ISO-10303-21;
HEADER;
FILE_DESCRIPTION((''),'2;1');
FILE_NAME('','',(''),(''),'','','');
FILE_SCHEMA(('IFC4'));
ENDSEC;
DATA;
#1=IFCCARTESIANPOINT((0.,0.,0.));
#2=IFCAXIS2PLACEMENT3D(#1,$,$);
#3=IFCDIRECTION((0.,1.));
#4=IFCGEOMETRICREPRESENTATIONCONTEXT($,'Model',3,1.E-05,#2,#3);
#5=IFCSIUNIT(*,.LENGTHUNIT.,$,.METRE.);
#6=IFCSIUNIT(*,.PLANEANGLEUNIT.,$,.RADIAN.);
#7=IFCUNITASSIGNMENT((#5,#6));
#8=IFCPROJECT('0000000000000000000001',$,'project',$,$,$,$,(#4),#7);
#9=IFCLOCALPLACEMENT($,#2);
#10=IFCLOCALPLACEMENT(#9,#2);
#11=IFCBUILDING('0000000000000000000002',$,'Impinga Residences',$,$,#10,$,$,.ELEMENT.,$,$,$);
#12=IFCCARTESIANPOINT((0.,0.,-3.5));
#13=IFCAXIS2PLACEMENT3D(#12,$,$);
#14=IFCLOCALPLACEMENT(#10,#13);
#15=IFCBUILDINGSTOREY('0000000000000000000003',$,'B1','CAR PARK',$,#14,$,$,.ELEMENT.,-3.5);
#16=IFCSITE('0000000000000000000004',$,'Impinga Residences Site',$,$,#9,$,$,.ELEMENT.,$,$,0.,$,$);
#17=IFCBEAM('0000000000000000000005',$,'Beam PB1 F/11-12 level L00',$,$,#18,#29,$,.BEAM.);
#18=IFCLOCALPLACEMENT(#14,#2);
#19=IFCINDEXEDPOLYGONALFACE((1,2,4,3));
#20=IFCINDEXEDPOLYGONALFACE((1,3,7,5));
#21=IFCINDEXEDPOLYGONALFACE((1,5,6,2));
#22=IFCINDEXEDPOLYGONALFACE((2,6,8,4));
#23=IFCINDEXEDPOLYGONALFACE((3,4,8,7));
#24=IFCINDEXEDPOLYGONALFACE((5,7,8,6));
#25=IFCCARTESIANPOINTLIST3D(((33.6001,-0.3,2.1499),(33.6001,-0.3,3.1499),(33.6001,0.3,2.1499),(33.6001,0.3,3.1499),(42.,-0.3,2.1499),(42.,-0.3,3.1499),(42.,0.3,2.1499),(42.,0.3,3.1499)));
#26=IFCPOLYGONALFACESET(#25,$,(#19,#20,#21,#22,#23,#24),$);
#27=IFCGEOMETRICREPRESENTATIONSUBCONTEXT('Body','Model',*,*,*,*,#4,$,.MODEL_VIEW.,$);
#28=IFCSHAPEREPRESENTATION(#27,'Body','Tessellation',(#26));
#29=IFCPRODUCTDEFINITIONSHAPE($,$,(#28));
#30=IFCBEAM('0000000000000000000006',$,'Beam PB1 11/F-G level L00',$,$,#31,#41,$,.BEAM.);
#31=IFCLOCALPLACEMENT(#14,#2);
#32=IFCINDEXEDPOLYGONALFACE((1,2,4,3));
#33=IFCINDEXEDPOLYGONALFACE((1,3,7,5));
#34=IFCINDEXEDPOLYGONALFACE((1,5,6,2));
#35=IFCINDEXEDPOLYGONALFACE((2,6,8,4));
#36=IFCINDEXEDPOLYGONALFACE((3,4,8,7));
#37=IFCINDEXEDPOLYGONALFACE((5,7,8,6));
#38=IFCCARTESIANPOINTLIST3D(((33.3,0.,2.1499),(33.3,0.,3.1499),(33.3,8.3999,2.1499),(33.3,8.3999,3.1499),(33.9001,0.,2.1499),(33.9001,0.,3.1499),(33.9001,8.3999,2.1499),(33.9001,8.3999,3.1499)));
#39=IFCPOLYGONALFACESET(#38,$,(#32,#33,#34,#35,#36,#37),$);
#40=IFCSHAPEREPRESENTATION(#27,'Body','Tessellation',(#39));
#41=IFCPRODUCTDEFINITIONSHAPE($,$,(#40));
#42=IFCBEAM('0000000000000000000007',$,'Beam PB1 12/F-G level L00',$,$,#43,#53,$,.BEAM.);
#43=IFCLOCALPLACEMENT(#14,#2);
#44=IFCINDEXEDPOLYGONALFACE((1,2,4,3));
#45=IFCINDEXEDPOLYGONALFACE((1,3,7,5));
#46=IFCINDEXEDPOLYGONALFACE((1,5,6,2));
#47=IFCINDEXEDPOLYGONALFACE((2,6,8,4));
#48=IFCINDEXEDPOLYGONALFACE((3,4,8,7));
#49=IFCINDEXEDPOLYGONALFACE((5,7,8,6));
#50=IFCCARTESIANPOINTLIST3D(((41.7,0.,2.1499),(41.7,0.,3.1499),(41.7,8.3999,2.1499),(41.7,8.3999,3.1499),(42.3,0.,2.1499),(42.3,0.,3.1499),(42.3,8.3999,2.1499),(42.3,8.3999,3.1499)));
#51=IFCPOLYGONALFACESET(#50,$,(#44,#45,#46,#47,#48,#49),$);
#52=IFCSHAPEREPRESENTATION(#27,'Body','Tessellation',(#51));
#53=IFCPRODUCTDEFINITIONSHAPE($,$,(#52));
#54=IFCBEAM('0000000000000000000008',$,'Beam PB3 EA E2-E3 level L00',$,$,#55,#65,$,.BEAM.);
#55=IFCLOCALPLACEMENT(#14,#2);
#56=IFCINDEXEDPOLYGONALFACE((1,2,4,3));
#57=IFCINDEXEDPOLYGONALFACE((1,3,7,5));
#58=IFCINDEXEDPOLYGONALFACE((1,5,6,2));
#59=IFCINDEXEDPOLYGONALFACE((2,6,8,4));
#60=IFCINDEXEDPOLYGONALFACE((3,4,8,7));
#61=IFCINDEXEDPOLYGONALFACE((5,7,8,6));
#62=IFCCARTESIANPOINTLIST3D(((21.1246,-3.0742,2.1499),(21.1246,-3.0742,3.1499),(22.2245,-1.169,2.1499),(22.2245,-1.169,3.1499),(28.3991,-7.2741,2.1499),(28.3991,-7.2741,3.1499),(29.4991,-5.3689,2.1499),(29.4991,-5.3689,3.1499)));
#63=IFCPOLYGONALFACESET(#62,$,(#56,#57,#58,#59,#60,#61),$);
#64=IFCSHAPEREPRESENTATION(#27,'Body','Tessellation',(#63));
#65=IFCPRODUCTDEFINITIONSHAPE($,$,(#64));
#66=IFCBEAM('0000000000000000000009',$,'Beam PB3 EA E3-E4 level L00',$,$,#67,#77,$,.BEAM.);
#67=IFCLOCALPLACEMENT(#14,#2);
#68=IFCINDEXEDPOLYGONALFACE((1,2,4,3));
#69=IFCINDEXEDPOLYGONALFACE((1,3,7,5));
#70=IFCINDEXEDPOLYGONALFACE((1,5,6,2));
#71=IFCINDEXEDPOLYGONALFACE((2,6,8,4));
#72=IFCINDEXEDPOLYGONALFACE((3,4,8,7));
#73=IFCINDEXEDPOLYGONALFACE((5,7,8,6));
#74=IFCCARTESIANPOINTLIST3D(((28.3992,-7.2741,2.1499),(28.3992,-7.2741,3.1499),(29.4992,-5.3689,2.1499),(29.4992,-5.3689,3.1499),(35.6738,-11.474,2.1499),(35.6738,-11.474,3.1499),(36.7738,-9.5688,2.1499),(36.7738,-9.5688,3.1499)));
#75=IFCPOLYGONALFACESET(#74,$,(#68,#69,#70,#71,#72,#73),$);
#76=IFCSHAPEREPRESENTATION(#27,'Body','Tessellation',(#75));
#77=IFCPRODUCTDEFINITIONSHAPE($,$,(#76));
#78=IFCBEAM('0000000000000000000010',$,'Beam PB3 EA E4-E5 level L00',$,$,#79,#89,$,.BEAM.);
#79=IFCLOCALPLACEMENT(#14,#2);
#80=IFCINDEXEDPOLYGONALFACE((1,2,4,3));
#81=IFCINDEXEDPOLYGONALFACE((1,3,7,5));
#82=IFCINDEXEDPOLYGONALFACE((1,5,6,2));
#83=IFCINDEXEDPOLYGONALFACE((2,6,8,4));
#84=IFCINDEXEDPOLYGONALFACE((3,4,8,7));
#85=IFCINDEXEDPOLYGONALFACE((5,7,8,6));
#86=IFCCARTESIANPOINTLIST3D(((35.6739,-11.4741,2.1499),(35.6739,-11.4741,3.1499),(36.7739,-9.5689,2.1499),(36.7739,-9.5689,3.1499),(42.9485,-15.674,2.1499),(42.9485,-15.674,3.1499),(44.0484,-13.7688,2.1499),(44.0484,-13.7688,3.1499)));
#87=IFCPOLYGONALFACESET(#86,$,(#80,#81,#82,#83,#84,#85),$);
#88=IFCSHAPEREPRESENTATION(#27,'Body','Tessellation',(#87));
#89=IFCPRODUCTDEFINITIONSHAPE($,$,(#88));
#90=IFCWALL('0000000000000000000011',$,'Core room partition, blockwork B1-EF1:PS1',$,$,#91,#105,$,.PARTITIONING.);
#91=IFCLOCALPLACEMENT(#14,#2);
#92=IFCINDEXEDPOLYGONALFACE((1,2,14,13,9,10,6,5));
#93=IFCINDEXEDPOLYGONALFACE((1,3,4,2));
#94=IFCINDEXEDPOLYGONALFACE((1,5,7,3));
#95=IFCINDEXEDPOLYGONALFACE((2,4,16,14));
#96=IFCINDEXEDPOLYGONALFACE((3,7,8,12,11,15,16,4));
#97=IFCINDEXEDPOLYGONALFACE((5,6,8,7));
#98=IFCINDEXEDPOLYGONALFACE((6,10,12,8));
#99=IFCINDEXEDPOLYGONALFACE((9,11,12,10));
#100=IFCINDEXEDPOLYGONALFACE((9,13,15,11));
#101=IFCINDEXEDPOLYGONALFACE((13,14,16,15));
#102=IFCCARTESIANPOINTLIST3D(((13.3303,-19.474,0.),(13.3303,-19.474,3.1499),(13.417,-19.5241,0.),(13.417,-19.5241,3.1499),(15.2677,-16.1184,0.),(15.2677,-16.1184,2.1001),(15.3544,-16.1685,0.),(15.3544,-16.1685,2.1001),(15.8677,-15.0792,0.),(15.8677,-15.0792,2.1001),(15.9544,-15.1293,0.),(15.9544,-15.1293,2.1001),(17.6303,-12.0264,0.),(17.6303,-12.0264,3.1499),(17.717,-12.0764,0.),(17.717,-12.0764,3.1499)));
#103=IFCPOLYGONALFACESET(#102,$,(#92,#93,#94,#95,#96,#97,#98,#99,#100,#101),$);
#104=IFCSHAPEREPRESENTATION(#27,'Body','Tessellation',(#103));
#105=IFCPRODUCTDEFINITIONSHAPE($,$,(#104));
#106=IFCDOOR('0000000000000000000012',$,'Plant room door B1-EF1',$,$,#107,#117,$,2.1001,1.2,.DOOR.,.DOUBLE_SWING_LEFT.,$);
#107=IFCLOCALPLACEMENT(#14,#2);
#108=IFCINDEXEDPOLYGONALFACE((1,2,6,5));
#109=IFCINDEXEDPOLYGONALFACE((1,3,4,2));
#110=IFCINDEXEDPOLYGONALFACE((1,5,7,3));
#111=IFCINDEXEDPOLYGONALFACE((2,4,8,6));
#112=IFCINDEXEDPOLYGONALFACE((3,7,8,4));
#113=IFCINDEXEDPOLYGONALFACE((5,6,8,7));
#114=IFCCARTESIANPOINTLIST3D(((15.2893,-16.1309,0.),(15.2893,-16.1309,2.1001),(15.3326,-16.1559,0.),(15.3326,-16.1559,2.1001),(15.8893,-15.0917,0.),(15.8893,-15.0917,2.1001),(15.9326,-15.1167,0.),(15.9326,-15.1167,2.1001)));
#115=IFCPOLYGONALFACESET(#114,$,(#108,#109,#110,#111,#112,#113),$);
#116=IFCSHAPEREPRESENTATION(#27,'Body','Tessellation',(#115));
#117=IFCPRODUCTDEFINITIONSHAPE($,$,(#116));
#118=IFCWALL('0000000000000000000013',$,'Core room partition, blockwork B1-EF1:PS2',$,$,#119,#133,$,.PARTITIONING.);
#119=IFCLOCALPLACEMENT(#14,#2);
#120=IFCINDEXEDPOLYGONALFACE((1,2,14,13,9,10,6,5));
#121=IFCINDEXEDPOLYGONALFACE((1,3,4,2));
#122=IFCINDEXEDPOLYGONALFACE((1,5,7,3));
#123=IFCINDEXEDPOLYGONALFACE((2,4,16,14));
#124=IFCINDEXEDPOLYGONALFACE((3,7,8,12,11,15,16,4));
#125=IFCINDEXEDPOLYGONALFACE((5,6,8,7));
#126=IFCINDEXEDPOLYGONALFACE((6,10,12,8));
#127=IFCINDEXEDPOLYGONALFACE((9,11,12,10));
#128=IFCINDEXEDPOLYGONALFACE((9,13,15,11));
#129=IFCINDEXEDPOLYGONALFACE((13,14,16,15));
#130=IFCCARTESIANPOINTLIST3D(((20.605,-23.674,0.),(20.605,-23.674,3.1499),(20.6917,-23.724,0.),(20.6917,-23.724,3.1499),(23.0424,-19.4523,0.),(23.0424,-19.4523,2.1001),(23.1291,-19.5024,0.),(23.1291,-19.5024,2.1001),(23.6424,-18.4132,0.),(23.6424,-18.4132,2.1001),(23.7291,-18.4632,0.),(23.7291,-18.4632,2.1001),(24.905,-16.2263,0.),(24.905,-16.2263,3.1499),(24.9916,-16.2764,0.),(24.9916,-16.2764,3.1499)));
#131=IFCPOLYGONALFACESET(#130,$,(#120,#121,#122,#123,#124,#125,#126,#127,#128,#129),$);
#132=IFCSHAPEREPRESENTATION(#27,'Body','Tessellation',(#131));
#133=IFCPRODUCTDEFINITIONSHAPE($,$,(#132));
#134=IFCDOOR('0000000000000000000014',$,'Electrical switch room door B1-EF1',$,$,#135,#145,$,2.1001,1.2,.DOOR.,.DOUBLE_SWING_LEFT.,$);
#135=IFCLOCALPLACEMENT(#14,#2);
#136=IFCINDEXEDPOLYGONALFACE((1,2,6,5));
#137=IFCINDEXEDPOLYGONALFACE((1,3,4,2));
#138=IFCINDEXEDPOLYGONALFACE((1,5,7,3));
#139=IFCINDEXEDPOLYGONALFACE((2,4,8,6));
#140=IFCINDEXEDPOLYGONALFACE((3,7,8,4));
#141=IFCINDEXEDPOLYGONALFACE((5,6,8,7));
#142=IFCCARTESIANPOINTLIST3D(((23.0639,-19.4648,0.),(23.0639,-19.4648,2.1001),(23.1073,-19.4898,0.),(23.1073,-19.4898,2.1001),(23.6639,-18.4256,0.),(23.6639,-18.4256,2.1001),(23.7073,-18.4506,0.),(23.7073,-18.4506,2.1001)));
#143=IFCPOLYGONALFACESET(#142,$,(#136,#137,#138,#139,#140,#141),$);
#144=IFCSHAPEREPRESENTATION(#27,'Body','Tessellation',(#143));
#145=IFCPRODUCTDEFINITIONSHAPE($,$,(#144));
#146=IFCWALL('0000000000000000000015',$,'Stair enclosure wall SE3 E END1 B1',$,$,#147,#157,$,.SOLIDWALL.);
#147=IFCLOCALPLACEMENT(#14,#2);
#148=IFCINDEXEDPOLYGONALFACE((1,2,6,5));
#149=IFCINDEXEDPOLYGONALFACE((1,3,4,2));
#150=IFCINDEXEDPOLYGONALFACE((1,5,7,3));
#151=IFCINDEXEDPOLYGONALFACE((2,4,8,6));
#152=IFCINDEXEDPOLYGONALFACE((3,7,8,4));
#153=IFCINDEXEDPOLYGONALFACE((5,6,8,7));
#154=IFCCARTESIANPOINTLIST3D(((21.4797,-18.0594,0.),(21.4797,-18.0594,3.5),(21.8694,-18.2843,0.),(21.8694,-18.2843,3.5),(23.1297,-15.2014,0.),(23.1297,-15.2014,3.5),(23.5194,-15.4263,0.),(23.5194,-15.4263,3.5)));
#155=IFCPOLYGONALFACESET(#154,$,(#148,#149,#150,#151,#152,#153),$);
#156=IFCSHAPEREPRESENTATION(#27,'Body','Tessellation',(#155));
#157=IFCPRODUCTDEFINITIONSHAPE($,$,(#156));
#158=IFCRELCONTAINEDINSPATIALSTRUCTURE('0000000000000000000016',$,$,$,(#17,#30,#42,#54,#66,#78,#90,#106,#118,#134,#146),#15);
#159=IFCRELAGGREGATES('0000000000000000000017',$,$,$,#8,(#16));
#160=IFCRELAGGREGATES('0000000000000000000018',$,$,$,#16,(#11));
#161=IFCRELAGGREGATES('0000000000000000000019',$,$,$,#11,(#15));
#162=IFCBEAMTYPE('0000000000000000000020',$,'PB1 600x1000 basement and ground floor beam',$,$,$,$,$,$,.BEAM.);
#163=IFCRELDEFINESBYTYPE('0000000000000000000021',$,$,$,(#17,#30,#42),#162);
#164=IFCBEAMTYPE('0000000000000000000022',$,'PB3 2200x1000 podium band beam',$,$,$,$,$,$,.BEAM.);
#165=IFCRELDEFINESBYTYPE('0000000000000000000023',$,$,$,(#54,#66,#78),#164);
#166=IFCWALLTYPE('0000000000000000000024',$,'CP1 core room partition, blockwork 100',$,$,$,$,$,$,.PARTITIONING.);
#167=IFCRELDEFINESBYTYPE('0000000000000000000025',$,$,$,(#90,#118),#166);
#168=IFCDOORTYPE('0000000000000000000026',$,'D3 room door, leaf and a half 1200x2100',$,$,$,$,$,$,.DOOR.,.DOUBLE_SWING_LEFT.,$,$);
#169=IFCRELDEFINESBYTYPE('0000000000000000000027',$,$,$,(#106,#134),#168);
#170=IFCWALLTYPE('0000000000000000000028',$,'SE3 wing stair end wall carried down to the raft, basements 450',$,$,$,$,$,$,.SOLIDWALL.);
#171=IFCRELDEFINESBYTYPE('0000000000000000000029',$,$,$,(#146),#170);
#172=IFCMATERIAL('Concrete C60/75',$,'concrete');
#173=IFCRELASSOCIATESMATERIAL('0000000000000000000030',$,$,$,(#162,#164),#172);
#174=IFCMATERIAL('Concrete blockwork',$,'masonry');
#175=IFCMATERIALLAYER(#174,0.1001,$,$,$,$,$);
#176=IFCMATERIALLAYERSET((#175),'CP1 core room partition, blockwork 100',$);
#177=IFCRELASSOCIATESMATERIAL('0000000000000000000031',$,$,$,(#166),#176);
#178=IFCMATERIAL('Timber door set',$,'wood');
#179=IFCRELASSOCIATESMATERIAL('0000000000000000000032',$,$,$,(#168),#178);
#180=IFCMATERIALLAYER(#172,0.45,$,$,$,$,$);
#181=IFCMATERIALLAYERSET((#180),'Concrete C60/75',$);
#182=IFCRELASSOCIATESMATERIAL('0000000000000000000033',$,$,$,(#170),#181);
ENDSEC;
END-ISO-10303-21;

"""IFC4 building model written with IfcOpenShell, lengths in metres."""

from ifc_helpers import new_model, si_unit, direction, frame, frame_2d, origin, origin_2d, place, context, subcontext, project, spatial, rectangle, extrude, material, layer, layer_set, material_profile, profile_set, type_object, element, fill, save


model = new_model("IFC4")

# Units and contexts
model_context = context("Model", 3, precision=1e-05, world=origin(), true_north=direction((0.0, 1.0)))
body_context = subcontext(model_context, "Body", "Model", "MODEL_VIEW")
ifc_project = project(units=[si_unit("LENGTHUNIT", "METRE"), si_unit("PLANEANGLEUNIT", "RADIAN")], contexts=[model_context])

# Site, building, storey
site_placement = place(None, origin())
site = spatial("IfcSite", under=ifc_project, at=site_placement, Name="Impinga Residences Site", CompositionType="ELEMENT", RefElevation=0.0)
building_placement = place(site_placement, origin())
building = spatial("IfcBuilding", under=site, at=building_placement, Name="Impinga Residences", CompositionType="ELEMENT")
storey_placement = place(building_placement, frame((0.0, 0.0, -3.5)))
storey = spatial("IfcBuildingStorey", under=building, at=storey_placement, Name="B1", Description="CAR PARK", CompositionType="ELEMENT", Elevation=-3.5)

# Beams
ifc_material_1 = material(Name="Concrete C60/75", Category="concrete")
ifc_material_profile_1 = material_profile(ifc_material_1, rectangle(XDim=0.6001, YDim=1.0, at=origin_2d()), Name="RC 600x1000")
ifc_profile_set_1 = profile_set([ifc_material_profile_1], Name="Concrete C60/75")
beam_type_1 = type_object("IfcBeamType", Name="PB1 600x1000 basement and ground floor beam", PredefinedType="BEAM", material=ifc_profile_set_1)
for number, where, z_axis, x_axis, name in (
    (1, (33.6001, 0.0, 2.6499), (1.0, 0.0, 0.0), (0.0, 1.0, 0.0), "Beam PB1 F/11-12 level L00"),
    (2, (33.6001, 0.0, 2.6499), (0.0, 1.0, 0.0), (-1.0, 0.0, 0.0), "Beam PB1 11/F-G level L00"),
    (3, (42.0, 0.0, 2.6499), (0.0, 1.0, 0.0), (-1.0, 0.0, 0.0), "Beam PB1 12/F-G level L00"),
):
    element("IfcBeam", number, at=place(storey_placement, frame(where, z_axis=z_axis, x_axis=x_axis)), inside=storey, type_object=beam_type_1, Name=name, PredefinedType="BEAM", context=body_context, shape_type="SweptSolid", body=[
        extrude(rectangle(XDim=0.6001, YDim=1.0, at=origin_2d()), origin(), (0.0, 0.0, 1.0), 8.3999),
    ])
ifc_material_profile_2 = material_profile(ifc_material_1, rectangle(XDim=2.2, YDim=1.0, at=origin_2d()), Name="RC 2200x1000")
ifc_profile_set_2 = profile_set([ifc_material_profile_2], Name="Concrete C60/75")
beam_type_2 = type_object("IfcBeamType", Name="PB3 2200x1000 podium band beam", PredefinedType="BEAM", material=ifc_profile_set_2)
for number, where, z_axis, x_axis, name in (
    (4, (21.6746, -2.1216, 2.6499), (0.866029, -0.499993, 0.0), (0.499993, 0.866029, 0.0), "Beam PB3 EA E2-E3 level L00"),
    (5, (28.9492, -6.3215, 2.6499), (0.866029, -0.499993, 0.0), (0.499993, 0.866029, 0.0), "Beam PB3 EA E3-E4 level L00"),
    (6, (36.2239, -10.5215, 2.6499), (0.866029, -0.499993, 0.0), (0.499993, 0.866029, 0.0), "Beam PB3 EA E4-E5 level L00"),
):
    element("IfcBeam", number, at=place(storey_placement, frame(where, z_axis=z_axis, x_axis=x_axis)), inside=storey, type_object=beam_type_2, Name=name, PredefinedType="BEAM", context=body_context, shape_type="SweptSolid", body=[
        extrude(rectangle(XDim=2.2, YDim=1.0, at=origin_2d()), origin(), (0.0, 0.0, 1.0), 8.3999),
    ])

# Walls, openings, doors
ifc_material_2 = material(Name="Concrete blockwork", Category="masonry")
ifc_layer_1 = layer(ifc_material_2, 0.1001)
ifc_layer_set_1 = layer_set([ifc_layer_1], Name="CP1 core room partition, blockwork 100")
wall_type_1 = type_object("IfcWallType", Name="CP1 core room partition, blockwork 100", PredefinedType="PARTITIONING", material=ifc_layer_set_1)
wall_1_placement = place(storey_placement, frame((17.6736, -12.0515, 0.0), z_axis=(0.0, 0.0, 1.0), x_axis=(-0.500008, -0.866021, 0.0)))
wall_1 = element("IfcWall", 7, at=wall_1_placement, inside=storey, type_object=wall_type_1, Name="Core room partition, blockwork B1-EF1:PS1", PredefinedType="PARTITIONING", context=body_context, shape_type="SweptSolid", body=[
    extrude(rectangle(XDim=8.5999, YDim=0.1001, at=frame_2d((4.2998, 0.0))), origin(), (0.0, 0.0, 1.0), 3.1499),
])
opening_1_placement = place(wall_1_placement, frame((3.5249, 0.0, 0.0)))
opening_1 = element("IfcOpeningElement", 8, at=opening_1_placement, cuts=wall_1, PredefinedType="OPENING", context=body_context, shape_type="SweptSolid", body=[
    extrude(rectangle(XDim=1.2, YDim=2.1001, at=frame_2d((0.6001, 1.05))), frame((0.0, 0.0601, 0.0), z_axis=(0.0, -1.0, 0.0), x_axis=(1.0, 0.0, 0.0)), (0.0, 0.0, 1.0), 0.1201),
])
ifc_material_3 = material(Name="Timber door set", Category="wood")
door_type = type_object("IfcDoorType", Name="D3 room door, leaf and a half 1200x2100", OperationType="DOUBLE_SWING_LEFT", PredefinedType="DOOR", material=ifc_material_3)
door_1_placement = place(opening_1_placement, origin())
door_1 = element("IfcDoor", 9, at=door_1_placement, inside=storey, type_object=door_type, Name="Plant room door B1-EF1", OperationType="DOUBLE_SWING_LEFT", OverallHeight=2.1001, OverallWidth=1.2, PredefinedType="DOOR", context=body_context, shape_type="SweptSolid", body=[
    extrude(rectangle(XDim=1.2, YDim=2.1001, at=frame_2d((0.6001, 1.05))), frame((0.0, 0.0249, 0.0), z_axis=(0.0, -1.0, 0.0), x_axis=(1.0, 0.0, 0.0)), (0.0, 0.0, 1.0), 0.05),
])
fill(opening_1, door_1)
wall_2_placement = place(storey_placement, frame((24.9482, -16.2515, 0.0), z_axis=(0.0, 0.0, 1.0), x_axis=(-0.500008, -0.866021, 0.0)))
wall_2 = element("IfcWall", 10, at=wall_2_placement, inside=storey, type_object=wall_type_1, Name="Core room partition, blockwork B1-EF1:PS2", PredefinedType="PARTITIONING", context=body_context, shape_type="SweptSolid", body=[
    extrude(rectangle(XDim=8.5999, YDim=0.1001, at=frame_2d((4.2998, 0.0))), origin(), (0.0, 0.0, 1.0), 3.1499),
])
opening_2_placement = place(wall_2_placement, frame((2.5249, 0.0, 0.0)))
opening_2 = element("IfcOpeningElement", 11, at=opening_2_placement, cuts=wall_2, PredefinedType="OPENING", context=body_context, shape_type="SweptSolid", body=[
    extrude(rectangle(XDim=1.2, YDim=2.1001, at=frame_2d((0.6001, 1.05))), frame((0.0, 0.0601, 0.0), z_axis=(0.0, -1.0, 0.0), x_axis=(1.0, 0.0, 0.0)), (0.0, 0.0, 1.0), 0.1201),
])
door_2_placement = place(opening_2_placement, origin())
door_2 = element("IfcDoor", 12, at=door_2_placement, inside=storey, type_object=door_type, Name="Electrical switch room door B1-EF1", OperationType="DOUBLE_SWING_LEFT", OverallHeight=2.1001, OverallWidth=1.2, PredefinedType="DOOR", context=body_context, shape_type="SweptSolid", body=[
    extrude(rectangle(XDim=1.2, YDim=2.1001, at=frame_2d((0.6001, 1.05))), frame((0.0, 0.0249, 0.0), z_axis=(0.0, -1.0, 0.0), x_axis=(1.0, 0.0, 0.0)), (0.0, 0.0, 1.0), 0.05),
])
fill(opening_2, door_2)

# Wall
ifc_layer_2 = layer(ifc_material_1, 0.45)
ifc_layer_set_2 = layer_set([ifc_layer_2], Name="Concrete C60/75")
wall_type_2 = type_object("IfcWallType", Name="SE3 wing stair end wall carried down to the raft, basements 450", PredefinedType="SOLIDWALL", material=ifc_layer_set_2)
wall_3_placement = place(storey_placement, frame((23.3245, -15.314, 0.0), z_axis=(0.0, 0.0, 1.0), x_axis=(-0.499974, -0.86604, 0.0)))
element("IfcWall", 13, at=wall_3_placement, inside=storey, type_object=wall_type_2, Name="Stair enclosure wall SE3 E END1 B1", PredefinedType="SOLIDWALL", context=body_context, shape_type="SweptSolid", body=[
    extrude(rectangle(XDim=3.3, YDim=0.45, at=frame_2d((1.6499, 0.0))), origin(), (0.0, 0.0, 1.0), 3.5),
])

save(model, "model.ifc")
